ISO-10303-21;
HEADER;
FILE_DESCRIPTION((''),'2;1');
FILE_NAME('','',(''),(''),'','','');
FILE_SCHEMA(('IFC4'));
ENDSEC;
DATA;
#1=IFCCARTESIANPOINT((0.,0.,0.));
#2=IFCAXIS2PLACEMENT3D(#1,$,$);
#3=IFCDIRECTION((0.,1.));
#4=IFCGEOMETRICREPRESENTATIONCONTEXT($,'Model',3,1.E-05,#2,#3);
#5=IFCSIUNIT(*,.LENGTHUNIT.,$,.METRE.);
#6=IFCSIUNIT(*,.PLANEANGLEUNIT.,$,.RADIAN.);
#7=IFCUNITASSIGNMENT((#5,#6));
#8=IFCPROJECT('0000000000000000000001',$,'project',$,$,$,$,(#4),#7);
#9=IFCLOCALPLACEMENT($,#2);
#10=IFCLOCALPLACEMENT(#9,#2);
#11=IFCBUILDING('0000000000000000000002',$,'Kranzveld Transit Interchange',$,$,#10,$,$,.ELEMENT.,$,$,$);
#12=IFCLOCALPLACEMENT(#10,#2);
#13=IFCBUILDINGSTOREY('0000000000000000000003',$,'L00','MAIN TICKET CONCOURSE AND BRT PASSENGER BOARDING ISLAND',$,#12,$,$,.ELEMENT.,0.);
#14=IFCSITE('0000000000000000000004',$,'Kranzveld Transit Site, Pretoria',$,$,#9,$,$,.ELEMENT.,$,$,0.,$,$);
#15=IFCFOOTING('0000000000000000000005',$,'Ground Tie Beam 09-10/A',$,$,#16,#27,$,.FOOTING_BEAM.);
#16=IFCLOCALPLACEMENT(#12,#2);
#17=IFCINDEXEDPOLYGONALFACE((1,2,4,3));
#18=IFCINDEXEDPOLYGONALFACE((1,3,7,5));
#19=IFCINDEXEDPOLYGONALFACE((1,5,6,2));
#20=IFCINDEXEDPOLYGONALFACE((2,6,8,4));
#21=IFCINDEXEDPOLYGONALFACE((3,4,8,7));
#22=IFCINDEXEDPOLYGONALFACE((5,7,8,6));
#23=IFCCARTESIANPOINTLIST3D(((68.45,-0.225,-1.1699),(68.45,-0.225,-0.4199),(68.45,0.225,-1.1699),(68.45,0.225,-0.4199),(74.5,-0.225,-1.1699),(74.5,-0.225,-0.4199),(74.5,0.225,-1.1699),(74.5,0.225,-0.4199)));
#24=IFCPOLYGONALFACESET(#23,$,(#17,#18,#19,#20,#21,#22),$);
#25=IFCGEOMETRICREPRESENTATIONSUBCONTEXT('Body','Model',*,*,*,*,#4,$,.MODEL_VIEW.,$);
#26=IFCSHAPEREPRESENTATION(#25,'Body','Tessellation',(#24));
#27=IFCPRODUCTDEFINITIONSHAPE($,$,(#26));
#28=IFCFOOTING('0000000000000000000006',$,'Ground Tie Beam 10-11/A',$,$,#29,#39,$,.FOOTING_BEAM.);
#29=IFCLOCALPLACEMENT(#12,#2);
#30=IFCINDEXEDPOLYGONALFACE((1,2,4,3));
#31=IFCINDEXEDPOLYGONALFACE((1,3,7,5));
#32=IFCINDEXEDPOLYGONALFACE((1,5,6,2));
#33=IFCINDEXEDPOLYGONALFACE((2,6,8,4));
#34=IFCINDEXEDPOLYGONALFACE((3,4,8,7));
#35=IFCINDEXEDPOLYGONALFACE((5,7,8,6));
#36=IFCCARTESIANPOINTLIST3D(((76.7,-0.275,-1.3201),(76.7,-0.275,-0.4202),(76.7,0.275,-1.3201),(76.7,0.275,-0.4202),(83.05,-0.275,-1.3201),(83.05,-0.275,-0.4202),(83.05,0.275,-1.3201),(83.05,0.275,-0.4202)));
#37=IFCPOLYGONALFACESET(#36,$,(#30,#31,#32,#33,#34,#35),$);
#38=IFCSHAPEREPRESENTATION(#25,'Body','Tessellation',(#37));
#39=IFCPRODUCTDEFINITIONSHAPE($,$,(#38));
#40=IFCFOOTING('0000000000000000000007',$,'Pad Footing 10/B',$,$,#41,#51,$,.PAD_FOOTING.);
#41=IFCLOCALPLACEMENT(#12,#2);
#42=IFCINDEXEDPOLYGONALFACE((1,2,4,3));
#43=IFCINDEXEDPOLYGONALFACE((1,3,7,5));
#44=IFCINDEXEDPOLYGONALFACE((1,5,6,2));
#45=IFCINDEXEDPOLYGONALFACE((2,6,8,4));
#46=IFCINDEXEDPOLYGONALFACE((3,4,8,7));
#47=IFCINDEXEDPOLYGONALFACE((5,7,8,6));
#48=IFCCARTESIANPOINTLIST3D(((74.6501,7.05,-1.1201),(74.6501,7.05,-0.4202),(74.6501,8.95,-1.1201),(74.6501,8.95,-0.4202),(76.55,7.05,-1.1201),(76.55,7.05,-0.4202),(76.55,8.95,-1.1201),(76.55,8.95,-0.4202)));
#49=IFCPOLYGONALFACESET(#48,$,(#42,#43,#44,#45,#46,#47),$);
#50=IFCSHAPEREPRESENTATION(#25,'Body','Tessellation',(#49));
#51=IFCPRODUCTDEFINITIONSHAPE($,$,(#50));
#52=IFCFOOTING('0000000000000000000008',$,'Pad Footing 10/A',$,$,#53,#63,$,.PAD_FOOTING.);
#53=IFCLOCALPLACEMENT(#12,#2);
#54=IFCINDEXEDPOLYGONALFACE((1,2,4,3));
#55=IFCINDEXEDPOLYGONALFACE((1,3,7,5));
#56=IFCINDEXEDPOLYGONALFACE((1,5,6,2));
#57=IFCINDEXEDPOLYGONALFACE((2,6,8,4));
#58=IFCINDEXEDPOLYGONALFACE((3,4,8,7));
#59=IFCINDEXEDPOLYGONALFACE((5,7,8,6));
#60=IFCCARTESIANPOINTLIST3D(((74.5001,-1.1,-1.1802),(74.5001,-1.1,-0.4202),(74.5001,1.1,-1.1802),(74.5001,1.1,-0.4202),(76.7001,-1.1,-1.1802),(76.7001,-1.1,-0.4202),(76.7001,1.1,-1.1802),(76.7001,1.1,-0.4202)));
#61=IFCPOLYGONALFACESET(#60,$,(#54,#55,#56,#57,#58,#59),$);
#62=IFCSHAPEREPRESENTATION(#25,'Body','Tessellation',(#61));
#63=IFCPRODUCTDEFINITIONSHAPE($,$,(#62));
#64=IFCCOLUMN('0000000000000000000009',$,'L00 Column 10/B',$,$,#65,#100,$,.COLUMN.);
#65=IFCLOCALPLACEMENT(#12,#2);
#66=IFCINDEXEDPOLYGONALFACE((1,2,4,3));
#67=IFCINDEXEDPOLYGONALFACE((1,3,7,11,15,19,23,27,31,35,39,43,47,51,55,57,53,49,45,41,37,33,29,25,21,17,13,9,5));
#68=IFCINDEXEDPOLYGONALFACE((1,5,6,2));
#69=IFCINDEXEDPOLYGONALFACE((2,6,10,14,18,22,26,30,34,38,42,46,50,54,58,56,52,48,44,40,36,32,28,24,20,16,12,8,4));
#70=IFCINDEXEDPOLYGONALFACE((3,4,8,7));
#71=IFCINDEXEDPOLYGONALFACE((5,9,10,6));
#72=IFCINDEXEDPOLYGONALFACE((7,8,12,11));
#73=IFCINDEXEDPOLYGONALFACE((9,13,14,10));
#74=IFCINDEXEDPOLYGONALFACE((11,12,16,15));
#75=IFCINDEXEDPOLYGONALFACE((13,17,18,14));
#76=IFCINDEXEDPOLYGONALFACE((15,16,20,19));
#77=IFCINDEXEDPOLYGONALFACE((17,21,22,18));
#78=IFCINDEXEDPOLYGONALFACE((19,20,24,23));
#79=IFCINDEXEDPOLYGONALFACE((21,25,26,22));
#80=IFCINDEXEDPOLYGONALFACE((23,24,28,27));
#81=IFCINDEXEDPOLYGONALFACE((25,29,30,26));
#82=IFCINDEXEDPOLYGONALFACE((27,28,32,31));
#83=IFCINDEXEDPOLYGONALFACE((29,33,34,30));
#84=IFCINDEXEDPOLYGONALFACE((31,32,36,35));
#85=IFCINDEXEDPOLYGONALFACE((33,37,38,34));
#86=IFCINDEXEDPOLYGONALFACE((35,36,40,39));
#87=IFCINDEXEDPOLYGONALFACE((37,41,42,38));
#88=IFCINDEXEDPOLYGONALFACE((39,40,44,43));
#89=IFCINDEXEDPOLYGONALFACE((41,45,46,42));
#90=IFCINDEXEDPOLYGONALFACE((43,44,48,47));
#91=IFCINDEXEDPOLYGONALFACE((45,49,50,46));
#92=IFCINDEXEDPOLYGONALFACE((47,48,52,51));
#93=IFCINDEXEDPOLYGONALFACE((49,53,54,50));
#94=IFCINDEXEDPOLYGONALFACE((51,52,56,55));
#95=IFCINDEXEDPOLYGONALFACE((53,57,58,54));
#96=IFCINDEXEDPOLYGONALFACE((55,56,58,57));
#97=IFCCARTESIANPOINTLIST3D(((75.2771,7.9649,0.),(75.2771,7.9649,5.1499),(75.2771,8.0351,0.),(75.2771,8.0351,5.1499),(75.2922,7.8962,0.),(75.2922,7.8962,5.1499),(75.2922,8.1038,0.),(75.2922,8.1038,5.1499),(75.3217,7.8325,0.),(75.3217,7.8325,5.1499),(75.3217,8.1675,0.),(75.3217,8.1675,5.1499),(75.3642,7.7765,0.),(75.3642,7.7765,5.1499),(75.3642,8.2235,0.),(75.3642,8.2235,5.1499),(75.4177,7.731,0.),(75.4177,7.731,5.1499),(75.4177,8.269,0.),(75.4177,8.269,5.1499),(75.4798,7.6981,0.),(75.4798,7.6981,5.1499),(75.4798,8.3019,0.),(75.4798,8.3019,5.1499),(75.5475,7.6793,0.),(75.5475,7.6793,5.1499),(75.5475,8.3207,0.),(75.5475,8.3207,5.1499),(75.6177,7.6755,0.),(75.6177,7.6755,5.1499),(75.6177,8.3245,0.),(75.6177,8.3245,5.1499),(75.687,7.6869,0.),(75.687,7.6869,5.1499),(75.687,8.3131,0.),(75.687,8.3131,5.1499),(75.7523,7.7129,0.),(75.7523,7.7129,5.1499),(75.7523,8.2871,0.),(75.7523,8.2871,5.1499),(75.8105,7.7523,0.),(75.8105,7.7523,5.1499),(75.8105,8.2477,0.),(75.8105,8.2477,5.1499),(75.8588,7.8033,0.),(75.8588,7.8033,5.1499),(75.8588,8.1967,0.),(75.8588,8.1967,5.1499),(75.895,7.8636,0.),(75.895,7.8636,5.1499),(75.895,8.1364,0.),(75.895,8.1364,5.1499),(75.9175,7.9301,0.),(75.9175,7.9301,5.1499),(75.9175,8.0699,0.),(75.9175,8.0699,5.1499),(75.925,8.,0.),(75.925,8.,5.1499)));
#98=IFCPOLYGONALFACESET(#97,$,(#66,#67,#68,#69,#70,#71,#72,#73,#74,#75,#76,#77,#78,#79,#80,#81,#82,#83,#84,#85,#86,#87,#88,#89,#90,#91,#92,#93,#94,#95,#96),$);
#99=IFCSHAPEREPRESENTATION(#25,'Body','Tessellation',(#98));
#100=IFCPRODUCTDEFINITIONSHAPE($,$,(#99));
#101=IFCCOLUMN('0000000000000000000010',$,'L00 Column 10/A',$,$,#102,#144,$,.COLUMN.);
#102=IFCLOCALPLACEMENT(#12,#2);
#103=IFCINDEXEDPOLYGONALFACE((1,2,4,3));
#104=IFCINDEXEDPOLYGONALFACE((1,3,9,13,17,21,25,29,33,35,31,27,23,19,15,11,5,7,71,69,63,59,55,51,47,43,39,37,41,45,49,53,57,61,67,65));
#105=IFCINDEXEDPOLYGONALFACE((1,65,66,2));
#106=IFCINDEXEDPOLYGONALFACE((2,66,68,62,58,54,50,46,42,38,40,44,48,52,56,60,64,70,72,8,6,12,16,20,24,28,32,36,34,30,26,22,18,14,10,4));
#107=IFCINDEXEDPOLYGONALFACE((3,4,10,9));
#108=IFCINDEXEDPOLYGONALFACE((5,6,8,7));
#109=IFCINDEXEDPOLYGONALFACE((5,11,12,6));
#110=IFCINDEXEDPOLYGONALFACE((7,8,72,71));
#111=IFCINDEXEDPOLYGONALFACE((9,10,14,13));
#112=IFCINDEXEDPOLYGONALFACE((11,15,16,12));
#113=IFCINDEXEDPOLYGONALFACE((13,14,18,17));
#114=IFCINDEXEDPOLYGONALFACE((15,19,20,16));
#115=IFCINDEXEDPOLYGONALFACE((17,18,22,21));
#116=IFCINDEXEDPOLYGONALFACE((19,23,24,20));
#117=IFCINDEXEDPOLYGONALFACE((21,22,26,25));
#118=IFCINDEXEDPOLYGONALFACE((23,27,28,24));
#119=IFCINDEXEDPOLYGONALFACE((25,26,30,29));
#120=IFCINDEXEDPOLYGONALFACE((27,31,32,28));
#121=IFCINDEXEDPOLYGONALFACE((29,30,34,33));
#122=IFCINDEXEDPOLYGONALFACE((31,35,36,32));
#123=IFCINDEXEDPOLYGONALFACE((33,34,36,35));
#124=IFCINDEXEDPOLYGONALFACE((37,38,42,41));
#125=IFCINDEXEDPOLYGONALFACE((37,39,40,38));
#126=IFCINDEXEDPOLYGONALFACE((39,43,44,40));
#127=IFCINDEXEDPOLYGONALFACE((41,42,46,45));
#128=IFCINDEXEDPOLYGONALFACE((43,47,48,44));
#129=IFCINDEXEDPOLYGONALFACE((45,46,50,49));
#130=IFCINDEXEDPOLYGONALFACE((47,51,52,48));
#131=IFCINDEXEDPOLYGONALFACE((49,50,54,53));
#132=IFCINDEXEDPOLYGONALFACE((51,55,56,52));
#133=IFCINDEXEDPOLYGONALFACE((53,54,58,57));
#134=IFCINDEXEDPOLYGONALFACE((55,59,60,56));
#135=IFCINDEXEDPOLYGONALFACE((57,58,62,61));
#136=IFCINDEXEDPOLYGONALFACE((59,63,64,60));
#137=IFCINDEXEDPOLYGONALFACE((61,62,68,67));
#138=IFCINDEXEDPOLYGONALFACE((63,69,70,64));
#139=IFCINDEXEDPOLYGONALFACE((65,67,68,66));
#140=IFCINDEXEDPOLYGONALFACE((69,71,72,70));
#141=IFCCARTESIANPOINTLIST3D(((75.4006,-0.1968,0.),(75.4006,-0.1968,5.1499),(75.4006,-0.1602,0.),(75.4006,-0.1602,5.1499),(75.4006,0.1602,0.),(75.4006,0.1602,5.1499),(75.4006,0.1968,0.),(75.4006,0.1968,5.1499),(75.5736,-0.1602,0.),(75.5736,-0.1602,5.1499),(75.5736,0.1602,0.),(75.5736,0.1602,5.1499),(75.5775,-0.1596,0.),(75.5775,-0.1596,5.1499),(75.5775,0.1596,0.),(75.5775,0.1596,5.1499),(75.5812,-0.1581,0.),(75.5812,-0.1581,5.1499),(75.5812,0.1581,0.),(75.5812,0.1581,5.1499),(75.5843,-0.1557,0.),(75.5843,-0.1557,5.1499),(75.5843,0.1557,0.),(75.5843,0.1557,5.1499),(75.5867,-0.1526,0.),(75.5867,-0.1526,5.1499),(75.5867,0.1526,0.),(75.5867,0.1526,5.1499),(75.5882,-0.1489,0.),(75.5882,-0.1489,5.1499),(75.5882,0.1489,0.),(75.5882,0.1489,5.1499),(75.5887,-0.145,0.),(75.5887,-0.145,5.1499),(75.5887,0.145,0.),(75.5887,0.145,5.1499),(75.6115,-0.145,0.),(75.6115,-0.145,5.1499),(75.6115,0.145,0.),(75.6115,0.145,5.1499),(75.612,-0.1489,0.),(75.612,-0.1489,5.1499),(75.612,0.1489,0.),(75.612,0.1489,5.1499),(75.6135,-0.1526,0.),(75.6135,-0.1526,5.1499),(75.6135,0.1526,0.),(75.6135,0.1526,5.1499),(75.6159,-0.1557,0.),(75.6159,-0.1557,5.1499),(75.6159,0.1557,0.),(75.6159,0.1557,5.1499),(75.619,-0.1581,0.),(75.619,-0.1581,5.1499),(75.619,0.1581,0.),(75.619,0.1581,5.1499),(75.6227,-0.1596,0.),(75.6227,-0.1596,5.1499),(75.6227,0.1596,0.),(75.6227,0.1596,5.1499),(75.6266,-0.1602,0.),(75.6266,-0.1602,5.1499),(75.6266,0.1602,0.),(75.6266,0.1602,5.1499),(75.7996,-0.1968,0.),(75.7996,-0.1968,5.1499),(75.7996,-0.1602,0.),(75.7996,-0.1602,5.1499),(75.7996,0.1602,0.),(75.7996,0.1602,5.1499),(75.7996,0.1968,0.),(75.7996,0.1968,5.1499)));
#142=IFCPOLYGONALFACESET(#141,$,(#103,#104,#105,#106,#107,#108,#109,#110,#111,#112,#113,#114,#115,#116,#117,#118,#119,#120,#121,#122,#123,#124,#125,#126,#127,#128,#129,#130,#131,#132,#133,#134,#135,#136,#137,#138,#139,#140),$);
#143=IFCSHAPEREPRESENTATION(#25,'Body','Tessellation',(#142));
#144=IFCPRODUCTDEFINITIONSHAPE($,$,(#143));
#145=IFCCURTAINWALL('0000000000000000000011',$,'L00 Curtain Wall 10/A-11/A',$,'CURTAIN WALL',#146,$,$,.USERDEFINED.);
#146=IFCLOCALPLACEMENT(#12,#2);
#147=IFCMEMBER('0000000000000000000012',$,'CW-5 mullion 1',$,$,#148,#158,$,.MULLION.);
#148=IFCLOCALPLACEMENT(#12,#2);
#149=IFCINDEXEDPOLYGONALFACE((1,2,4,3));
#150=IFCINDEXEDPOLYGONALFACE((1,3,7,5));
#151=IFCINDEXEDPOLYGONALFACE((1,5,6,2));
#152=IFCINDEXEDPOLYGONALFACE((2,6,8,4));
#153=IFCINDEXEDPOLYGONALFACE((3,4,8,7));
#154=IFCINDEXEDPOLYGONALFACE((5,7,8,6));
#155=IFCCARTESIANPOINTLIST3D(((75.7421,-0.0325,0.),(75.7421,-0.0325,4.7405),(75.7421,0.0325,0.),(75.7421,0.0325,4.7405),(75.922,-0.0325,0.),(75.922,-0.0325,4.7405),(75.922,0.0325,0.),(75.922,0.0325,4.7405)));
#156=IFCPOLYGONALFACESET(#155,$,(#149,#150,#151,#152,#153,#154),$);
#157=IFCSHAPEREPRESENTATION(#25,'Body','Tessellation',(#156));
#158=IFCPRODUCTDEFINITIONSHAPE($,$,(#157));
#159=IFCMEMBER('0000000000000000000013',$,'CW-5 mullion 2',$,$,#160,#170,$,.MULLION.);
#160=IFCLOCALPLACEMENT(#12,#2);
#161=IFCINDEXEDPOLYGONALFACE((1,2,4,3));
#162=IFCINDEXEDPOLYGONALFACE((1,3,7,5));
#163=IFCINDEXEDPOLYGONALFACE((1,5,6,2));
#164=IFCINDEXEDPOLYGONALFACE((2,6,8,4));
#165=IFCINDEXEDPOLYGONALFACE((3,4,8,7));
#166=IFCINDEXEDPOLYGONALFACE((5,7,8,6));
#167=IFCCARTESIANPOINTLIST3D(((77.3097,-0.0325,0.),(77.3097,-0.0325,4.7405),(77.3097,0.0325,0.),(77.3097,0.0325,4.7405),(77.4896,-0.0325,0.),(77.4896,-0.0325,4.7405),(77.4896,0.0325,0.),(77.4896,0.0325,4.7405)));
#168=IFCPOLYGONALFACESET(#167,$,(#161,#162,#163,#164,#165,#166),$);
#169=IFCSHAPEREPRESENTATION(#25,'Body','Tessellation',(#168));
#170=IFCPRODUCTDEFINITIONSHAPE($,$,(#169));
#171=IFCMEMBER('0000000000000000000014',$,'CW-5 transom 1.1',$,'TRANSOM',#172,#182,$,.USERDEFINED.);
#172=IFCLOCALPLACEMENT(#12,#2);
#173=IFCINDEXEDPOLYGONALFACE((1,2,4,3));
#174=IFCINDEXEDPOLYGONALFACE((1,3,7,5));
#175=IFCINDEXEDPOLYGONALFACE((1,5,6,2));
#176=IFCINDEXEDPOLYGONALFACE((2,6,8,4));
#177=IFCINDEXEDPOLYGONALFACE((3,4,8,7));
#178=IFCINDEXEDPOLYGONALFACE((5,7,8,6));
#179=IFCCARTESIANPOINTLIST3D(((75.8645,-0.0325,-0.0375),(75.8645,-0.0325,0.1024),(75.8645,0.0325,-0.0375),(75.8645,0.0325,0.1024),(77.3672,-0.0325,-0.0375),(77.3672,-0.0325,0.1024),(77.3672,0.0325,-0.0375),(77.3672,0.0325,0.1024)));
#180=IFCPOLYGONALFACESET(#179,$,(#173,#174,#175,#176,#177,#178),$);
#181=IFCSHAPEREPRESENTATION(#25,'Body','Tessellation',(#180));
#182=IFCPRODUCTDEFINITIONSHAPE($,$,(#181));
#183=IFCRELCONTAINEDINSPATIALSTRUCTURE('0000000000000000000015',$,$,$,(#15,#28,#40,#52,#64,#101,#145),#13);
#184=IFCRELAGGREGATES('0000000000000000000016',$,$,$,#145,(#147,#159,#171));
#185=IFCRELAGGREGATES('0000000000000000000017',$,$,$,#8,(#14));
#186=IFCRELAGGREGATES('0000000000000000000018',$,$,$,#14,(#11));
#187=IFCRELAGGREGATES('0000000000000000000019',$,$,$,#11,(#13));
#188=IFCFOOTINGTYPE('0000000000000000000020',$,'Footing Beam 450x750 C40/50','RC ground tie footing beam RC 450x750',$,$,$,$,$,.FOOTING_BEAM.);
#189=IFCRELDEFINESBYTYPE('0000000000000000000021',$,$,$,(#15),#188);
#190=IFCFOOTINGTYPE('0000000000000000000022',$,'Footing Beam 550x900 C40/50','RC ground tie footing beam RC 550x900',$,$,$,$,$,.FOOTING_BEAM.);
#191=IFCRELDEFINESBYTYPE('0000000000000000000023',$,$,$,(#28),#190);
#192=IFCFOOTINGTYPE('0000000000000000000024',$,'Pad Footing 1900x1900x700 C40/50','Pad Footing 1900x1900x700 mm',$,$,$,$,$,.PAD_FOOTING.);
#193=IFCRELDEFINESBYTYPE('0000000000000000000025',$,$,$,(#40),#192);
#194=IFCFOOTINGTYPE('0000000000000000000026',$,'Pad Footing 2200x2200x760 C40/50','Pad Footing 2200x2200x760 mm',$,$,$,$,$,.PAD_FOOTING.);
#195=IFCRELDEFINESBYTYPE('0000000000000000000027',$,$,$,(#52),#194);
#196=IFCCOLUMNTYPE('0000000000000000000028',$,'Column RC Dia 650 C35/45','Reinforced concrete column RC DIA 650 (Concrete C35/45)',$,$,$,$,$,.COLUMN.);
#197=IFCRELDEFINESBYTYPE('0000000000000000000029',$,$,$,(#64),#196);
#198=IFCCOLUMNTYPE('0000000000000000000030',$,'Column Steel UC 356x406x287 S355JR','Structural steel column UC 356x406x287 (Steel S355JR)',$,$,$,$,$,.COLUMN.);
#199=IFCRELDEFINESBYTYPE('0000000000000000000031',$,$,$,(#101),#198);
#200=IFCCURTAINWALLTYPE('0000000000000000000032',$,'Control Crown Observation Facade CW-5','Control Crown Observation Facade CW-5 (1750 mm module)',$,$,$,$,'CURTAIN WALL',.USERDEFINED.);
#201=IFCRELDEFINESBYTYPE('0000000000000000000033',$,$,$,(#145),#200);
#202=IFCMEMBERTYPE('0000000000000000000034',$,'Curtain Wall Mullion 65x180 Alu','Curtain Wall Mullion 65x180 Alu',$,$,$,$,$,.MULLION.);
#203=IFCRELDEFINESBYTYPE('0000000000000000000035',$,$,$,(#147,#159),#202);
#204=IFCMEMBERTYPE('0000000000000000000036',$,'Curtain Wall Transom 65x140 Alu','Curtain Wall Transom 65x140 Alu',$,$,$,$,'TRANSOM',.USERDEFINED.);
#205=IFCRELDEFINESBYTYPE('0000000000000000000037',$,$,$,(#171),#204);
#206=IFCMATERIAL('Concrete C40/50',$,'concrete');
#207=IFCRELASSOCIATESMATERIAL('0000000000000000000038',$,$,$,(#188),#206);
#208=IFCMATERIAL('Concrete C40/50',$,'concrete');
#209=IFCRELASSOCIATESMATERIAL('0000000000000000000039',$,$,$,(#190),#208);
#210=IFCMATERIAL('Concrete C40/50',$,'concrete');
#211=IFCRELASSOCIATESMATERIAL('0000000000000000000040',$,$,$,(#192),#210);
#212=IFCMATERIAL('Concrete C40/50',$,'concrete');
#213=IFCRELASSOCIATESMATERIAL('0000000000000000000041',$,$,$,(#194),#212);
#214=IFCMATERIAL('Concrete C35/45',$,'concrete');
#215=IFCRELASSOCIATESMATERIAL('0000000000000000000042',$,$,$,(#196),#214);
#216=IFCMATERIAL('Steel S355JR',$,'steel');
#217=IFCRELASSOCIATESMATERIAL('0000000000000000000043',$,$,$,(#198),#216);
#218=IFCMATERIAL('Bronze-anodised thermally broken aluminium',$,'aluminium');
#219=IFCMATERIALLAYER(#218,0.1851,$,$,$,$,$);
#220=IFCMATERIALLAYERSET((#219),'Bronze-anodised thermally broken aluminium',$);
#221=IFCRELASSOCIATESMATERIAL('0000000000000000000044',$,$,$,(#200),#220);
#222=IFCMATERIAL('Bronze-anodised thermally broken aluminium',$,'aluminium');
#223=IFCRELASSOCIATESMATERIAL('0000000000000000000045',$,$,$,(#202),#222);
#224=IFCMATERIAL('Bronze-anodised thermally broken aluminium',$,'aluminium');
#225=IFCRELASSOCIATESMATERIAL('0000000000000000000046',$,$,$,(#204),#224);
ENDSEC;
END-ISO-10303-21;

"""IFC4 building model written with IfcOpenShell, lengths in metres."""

from ifc_helpers import new_model, si_unit, direction, frame, origin, origin_2d, place, context, subcontext, project, spatial, rectangle, circle, i_section, extrude, material, layer, layer_set, material_profile, profile_set, type_object, element, aggregate, save


model = new_model("IFC4")

# Units and contexts
model_context = context("Model", 3, precision=1e-05, world=origin(), true_north=direction((0.0, 1.0)))
body_context = subcontext(model_context, "Body", "Model", "MODEL_VIEW")
ifc_project = project(units=[si_unit("LENGTHUNIT", "METRE"), si_unit("PLANEANGLEUNIT", "RADIAN")], contexts=[model_context])

# Site, building, storey
site_placement = place(None, origin())
site = spatial("IfcSite", under=ifc_project, at=site_placement, Name="Kranzveld Transit Site, Pretoria", CompositionType="ELEMENT", RefElevation=0.0)
building_placement = place(site_placement, origin())
building = spatial("IfcBuilding", under=site, at=building_placement, Name="Kranzveld Transit Interchange", CompositionType="ELEMENT")
storey_placement = place(building_placement, origin())
storey = spatial("IfcBuildingStorey", under=building, at=storey_placement, Name="L00", Description="MAIN TICKET CONCOURSE AND BRT PASSENGER BOARDING ISLAND", CompositionType="ELEMENT", Elevation=0.0)

# Footings
ifc_material_1 = material(Name="Concrete C40/50", Category="concrete")
ifc_material_profile_1 = material_profile(ifc_material_1, rectangle(XDim=0.45, YDim=0.75, at=origin_2d()), Name="RC 450x750")
ifc_profile_set_1 = profile_set([ifc_material_profile_1], Name="Concrete C40/50")
footing_type_1 = type_object("IfcFootingType", Name="Footing Beam 450x750 C40/50", Description="RC ground tie footing beam RC 450x750", PredefinedType="FOOTING_BEAM", material=ifc_profile_set_1)
footing_1_placement = place(storey_placement, frame((68.45, 0.0, -0.7949), z_axis=(1.0, 0.0, 0.0), x_axis=(0.0, 1.0, 0.0)))
element("IfcFooting", 1, at=footing_1_placement, inside=storey, type_object=footing_type_1, Name="Ground Tie Beam 09-10/A", PredefinedType="FOOTING_BEAM", context=body_context, shape_type="SweptSolid", body=[
    extrude(rectangle(XDim=0.45, YDim=0.75, at=origin_2d()), origin(), (0.0, 0.0, 1.0), 6.05),
])
ifc_material_2 = material(Name="Concrete C40/50", Category="concrete")
ifc_material_profile_2 = material_profile(ifc_material_2, rectangle(XDim=0.55, YDim=0.8999, at=origin_2d()), Name="RC 550x900")
ifc_profile_set_2 = profile_set([ifc_material_profile_2], Name="Concrete C40/50")
footing_type_2 = type_object("IfcFootingType", Name="Footing Beam 550x900 C40/50", Description="RC ground tie footing beam RC 550x900", PredefinedType="FOOTING_BEAM", material=ifc_profile_set_2)
footing_2_placement = place(storey_placement, frame((76.7, 0.0, -0.8701), z_axis=(1.0, 0.0, 0.0), x_axis=(0.0, 1.0, 0.0)))
element("IfcFooting", 2, at=footing_2_placement, inside=storey, type_object=footing_type_2, Name="Ground Tie Beam 10-11/A", PredefinedType="FOOTING_BEAM", context=body_context, shape_type="SweptSolid", body=[
    extrude(rectangle(XDim=0.55, YDim=0.8999, at=origin_2d()), origin(), (0.0, 0.0, 1.0), 6.3501),
])
ifc_material_3 = material(Name="Concrete C40/50", Category="concrete")
footing_type_3 = type_object("IfcFootingType", Name="Pad Footing 1900x1900x700 C40/50", Description="Pad Footing 1900x1900x700 mm", PredefinedType="PAD_FOOTING", material=ifc_material_3)
footing_3_placement = place(storey_placement, frame((75.6001, 8.0, -1.1201), z_axis=(0.0, 0.0, 1.0), x_axis=(1.0, 0.0, 0.0)))
element("IfcFooting", 3, at=footing_3_placement, inside=storey, type_object=footing_type_3, Name="Pad Footing 10/B", PredefinedType="PAD_FOOTING", context=body_context, shape_type="SweptSolid", body=[
    extrude(rectangle(XDim=1.8999, YDim=1.8999, at=origin_2d()), origin(), (0.0, 0.0, 1.0), 0.7),
])
ifc_material_4 = material(Name="Concrete C40/50", Category="concrete")
footing_type_4 = type_object("IfcFootingType", Name="Pad Footing 2200x2200x760 C40/50", Description="Pad Footing 2200x2200x760 mm", PredefinedType="PAD_FOOTING", material=ifc_material_4)
footing_4_placement = place(storey_placement, frame((75.6001, 0.0, -1.1802), z_axis=(0.0, 0.0, 1.0), x_axis=(1.0, 0.0, 0.0)))
element("IfcFooting", 4, at=footing_4_placement, inside=storey, type_object=footing_type_4, Name="Pad Footing 10/A", PredefinedType="PAD_FOOTING", context=body_context, shape_type="SweptSolid", body=[
    extrude(rectangle(XDim=2.2, YDim=2.2, at=origin_2d()), origin(), (0.0, 0.0, 1.0), 0.76),
])

# Columns
ifc_material_5 = material(Name="Concrete C35/45", Category="concrete")
ifc_material_profile_3 = material_profile(ifc_material_5, circle(Radius=0.325, at=origin_2d()), Name="RC DIA 650")
ifc_profile_set_3 = profile_set([ifc_material_profile_3], Name="Concrete C35/45")
column_type_1 = type_object("IfcColumnType", Name="Column RC Dia 650 C35/45", Description="Reinforced concrete column RC DIA 650 (Concrete C35/45)", PredefinedType="COLUMN", material=ifc_profile_set_3)
column_1_placement = place(storey_placement, frame((75.6001, 8.0, 0.0), z_axis=(0.0, 0.0, 1.0), x_axis=(1.0, 0.0, 0.0)))
element("IfcColumn", 5, at=column_1_placement, inside=storey, type_object=column_type_1, Name="L00 Column 10/B", PredefinedType="COLUMN", context=body_context, shape_type="SweptSolid", body=[
    extrude(circle(Radius=0.325, at=origin_2d()), origin(), (0.0, 0.0, 1.0), 5.1499),
])
ifc_material_6 = material(Name="Steel S355JR", Category="steel")
ifc_material_profile_4 = material_profile(ifc_material_6, i_section(OverallWidth=0.3989, OverallDepth=0.3936, WebThickness=0.0227, FlangeThickness=0.0366, FilletRadius=0.0151, at=origin_2d()), Name="UC 356x406x287")
ifc_profile_set_4 = profile_set([ifc_material_profile_4], Name="Steel S355JR")
column_type_2 = type_object("IfcColumnType", Name="Column Steel UC 356x406x287 S355JR", Description="Structural steel column UC 356x406x287 (Steel S355JR)", PredefinedType="COLUMN", material=ifc_profile_set_4)
column_2_placement = place(storey_placement, frame((75.6001, 0.0, 0.0), z_axis=(0.0, 0.0, 1.0), x_axis=(1.0, 0.0, 0.0)))
element("IfcColumn", 6, at=column_2_placement, inside=storey, type_object=column_type_2, Name="L00 Column 10/A", PredefinedType="COLUMN", context=body_context, shape_type="SweptSolid", body=[
    extrude(i_section(OverallWidth=0.3989, OverallDepth=0.3936, WebThickness=0.0227, FlangeThickness=0.0366, FilletRadius=0.0151, at=origin_2d()), origin(), (0.0, 0.0, 1.0), 5.1499),
])

# Curtain wall, members
ifc_material_7 = material(Name="Bronze-anodised thermally broken aluminium", Category="aluminium")
ifc_layer_1 = layer(ifc_material_7, 0.1851)
ifc_layer_set_1 = layer_set([ifc_layer_1], Name="Bronze-anodised thermally broken aluminium")
curtain_wall_type = type_object("IfcCurtainWallType", Name="Control Crown Observation Facade CW-5", Description="Control Crown Observation Facade CW-5 (1750 mm module)", ElementType="CURTAIN WALL", PredefinedType="USERDEFINED", material=ifc_layer_set_1)
curtain_wall_placement = place(storey_placement, origin())
curtain_wall = element("IfcCurtainWall", 7, at=curtain_wall_placement, inside=storey, type_object=curtain_wall_type, Name="L00 Curtain Wall 10/A-11/A", ObjectType="CURTAIN WALL", PredefinedType="USERDEFINED")
ifc_material_8 = material(Name="Bronze-anodised thermally broken aluminium", Category="aluminium")
ifc_material_profile_5 = material_profile(ifc_material_8, rectangle(XDim=0.0649, YDim=0.1799, at=origin_2d()), Name="ALU MULLION 65x180")
ifc_profile_set_5 = profile_set([ifc_material_profile_5], Name="Bronze-anodised thermally broken aluminium")
member_type_1 = type_object("IfcMemberType", Name="Curtain Wall Mullion 65x180 Alu", Description="Curtain Wall Mullion 65x180 Alu", PredefinedType="MULLION", material=ifc_profile_set_5)
member_1_placement = place(storey_placement, frame((75.832, 0.0, 0.0), z_axis=(0.0, 0.0, 1.0), x_axis=(0.0, 1.0, 0.0)))
member_1 = element("IfcMember", 8, at=member_1_placement, type_object=member_type_1, Name="CW-5 mullion 1", PredefinedType="MULLION", context=body_context, shape_type="SweptSolid", body=[
    extrude(rectangle(XDim=0.0649, YDim=0.1799, at=origin_2d()), origin(), (0.0, 0.0, 1.0), 4.7405),
])
member_2_placement = place(storey_placement, frame((77.3997, 0.0, 0.0), z_axis=(0.0, 0.0, 1.0), x_axis=(0.0, 1.0, 0.0)))
member_2 = element("IfcMember", 9, at=member_2_placement, type_object=member_type_1, Name="CW-5 mullion 2", PredefinedType="MULLION", context=body_context, shape_type="SweptSolid", body=[
    extrude(rectangle(XDim=0.0649, YDim=0.1799, at=origin_2d()), origin(), (0.0, 0.0, 1.0), 4.7405),
])
ifc_material_9 = material(Name="Bronze-anodised thermally broken aluminium", Category="aluminium")
ifc_material_profile_6 = material_profile(ifc_material_9, rectangle(XDim=0.0649, YDim=0.1399, at=origin_2d()), Name="ALU TRANSOM 65x140")
ifc_profile_set_6 = profile_set([ifc_material_profile_6], Name="Bronze-anodised thermally broken aluminium")
member_type_2 = type_object("IfcMemberType", Name="Curtain Wall Transom 65x140 Alu", Description="Curtain Wall Transom 65x140 Alu", ElementType="TRANSOM", PredefinedType="USERDEFINED", material=ifc_profile_set_6)
member_3_placement = place(storey_placement, frame((75.8645, 0.0, 0.0325), z_axis=(1.0, 0.0, 0.0), x_axis=(0.0, 1.0, 0.0)))
member_3 = element("IfcMember", 10, at=member_3_placement, type_object=member_type_2, Name="CW-5 transom 1.1", ObjectType="TRANSOM", PredefinedType="USERDEFINED", context=body_context, shape_type="SweptSolid", body=[
    extrude(rectangle(XDim=0.0649, YDim=0.1399, at=origin_2d()), origin(), (0.0, 0.0, 1.0), 1.5027),
])

aggregate(curtain_wall, [member_1, member_2, member_3])

save(model, "model.ifc")
